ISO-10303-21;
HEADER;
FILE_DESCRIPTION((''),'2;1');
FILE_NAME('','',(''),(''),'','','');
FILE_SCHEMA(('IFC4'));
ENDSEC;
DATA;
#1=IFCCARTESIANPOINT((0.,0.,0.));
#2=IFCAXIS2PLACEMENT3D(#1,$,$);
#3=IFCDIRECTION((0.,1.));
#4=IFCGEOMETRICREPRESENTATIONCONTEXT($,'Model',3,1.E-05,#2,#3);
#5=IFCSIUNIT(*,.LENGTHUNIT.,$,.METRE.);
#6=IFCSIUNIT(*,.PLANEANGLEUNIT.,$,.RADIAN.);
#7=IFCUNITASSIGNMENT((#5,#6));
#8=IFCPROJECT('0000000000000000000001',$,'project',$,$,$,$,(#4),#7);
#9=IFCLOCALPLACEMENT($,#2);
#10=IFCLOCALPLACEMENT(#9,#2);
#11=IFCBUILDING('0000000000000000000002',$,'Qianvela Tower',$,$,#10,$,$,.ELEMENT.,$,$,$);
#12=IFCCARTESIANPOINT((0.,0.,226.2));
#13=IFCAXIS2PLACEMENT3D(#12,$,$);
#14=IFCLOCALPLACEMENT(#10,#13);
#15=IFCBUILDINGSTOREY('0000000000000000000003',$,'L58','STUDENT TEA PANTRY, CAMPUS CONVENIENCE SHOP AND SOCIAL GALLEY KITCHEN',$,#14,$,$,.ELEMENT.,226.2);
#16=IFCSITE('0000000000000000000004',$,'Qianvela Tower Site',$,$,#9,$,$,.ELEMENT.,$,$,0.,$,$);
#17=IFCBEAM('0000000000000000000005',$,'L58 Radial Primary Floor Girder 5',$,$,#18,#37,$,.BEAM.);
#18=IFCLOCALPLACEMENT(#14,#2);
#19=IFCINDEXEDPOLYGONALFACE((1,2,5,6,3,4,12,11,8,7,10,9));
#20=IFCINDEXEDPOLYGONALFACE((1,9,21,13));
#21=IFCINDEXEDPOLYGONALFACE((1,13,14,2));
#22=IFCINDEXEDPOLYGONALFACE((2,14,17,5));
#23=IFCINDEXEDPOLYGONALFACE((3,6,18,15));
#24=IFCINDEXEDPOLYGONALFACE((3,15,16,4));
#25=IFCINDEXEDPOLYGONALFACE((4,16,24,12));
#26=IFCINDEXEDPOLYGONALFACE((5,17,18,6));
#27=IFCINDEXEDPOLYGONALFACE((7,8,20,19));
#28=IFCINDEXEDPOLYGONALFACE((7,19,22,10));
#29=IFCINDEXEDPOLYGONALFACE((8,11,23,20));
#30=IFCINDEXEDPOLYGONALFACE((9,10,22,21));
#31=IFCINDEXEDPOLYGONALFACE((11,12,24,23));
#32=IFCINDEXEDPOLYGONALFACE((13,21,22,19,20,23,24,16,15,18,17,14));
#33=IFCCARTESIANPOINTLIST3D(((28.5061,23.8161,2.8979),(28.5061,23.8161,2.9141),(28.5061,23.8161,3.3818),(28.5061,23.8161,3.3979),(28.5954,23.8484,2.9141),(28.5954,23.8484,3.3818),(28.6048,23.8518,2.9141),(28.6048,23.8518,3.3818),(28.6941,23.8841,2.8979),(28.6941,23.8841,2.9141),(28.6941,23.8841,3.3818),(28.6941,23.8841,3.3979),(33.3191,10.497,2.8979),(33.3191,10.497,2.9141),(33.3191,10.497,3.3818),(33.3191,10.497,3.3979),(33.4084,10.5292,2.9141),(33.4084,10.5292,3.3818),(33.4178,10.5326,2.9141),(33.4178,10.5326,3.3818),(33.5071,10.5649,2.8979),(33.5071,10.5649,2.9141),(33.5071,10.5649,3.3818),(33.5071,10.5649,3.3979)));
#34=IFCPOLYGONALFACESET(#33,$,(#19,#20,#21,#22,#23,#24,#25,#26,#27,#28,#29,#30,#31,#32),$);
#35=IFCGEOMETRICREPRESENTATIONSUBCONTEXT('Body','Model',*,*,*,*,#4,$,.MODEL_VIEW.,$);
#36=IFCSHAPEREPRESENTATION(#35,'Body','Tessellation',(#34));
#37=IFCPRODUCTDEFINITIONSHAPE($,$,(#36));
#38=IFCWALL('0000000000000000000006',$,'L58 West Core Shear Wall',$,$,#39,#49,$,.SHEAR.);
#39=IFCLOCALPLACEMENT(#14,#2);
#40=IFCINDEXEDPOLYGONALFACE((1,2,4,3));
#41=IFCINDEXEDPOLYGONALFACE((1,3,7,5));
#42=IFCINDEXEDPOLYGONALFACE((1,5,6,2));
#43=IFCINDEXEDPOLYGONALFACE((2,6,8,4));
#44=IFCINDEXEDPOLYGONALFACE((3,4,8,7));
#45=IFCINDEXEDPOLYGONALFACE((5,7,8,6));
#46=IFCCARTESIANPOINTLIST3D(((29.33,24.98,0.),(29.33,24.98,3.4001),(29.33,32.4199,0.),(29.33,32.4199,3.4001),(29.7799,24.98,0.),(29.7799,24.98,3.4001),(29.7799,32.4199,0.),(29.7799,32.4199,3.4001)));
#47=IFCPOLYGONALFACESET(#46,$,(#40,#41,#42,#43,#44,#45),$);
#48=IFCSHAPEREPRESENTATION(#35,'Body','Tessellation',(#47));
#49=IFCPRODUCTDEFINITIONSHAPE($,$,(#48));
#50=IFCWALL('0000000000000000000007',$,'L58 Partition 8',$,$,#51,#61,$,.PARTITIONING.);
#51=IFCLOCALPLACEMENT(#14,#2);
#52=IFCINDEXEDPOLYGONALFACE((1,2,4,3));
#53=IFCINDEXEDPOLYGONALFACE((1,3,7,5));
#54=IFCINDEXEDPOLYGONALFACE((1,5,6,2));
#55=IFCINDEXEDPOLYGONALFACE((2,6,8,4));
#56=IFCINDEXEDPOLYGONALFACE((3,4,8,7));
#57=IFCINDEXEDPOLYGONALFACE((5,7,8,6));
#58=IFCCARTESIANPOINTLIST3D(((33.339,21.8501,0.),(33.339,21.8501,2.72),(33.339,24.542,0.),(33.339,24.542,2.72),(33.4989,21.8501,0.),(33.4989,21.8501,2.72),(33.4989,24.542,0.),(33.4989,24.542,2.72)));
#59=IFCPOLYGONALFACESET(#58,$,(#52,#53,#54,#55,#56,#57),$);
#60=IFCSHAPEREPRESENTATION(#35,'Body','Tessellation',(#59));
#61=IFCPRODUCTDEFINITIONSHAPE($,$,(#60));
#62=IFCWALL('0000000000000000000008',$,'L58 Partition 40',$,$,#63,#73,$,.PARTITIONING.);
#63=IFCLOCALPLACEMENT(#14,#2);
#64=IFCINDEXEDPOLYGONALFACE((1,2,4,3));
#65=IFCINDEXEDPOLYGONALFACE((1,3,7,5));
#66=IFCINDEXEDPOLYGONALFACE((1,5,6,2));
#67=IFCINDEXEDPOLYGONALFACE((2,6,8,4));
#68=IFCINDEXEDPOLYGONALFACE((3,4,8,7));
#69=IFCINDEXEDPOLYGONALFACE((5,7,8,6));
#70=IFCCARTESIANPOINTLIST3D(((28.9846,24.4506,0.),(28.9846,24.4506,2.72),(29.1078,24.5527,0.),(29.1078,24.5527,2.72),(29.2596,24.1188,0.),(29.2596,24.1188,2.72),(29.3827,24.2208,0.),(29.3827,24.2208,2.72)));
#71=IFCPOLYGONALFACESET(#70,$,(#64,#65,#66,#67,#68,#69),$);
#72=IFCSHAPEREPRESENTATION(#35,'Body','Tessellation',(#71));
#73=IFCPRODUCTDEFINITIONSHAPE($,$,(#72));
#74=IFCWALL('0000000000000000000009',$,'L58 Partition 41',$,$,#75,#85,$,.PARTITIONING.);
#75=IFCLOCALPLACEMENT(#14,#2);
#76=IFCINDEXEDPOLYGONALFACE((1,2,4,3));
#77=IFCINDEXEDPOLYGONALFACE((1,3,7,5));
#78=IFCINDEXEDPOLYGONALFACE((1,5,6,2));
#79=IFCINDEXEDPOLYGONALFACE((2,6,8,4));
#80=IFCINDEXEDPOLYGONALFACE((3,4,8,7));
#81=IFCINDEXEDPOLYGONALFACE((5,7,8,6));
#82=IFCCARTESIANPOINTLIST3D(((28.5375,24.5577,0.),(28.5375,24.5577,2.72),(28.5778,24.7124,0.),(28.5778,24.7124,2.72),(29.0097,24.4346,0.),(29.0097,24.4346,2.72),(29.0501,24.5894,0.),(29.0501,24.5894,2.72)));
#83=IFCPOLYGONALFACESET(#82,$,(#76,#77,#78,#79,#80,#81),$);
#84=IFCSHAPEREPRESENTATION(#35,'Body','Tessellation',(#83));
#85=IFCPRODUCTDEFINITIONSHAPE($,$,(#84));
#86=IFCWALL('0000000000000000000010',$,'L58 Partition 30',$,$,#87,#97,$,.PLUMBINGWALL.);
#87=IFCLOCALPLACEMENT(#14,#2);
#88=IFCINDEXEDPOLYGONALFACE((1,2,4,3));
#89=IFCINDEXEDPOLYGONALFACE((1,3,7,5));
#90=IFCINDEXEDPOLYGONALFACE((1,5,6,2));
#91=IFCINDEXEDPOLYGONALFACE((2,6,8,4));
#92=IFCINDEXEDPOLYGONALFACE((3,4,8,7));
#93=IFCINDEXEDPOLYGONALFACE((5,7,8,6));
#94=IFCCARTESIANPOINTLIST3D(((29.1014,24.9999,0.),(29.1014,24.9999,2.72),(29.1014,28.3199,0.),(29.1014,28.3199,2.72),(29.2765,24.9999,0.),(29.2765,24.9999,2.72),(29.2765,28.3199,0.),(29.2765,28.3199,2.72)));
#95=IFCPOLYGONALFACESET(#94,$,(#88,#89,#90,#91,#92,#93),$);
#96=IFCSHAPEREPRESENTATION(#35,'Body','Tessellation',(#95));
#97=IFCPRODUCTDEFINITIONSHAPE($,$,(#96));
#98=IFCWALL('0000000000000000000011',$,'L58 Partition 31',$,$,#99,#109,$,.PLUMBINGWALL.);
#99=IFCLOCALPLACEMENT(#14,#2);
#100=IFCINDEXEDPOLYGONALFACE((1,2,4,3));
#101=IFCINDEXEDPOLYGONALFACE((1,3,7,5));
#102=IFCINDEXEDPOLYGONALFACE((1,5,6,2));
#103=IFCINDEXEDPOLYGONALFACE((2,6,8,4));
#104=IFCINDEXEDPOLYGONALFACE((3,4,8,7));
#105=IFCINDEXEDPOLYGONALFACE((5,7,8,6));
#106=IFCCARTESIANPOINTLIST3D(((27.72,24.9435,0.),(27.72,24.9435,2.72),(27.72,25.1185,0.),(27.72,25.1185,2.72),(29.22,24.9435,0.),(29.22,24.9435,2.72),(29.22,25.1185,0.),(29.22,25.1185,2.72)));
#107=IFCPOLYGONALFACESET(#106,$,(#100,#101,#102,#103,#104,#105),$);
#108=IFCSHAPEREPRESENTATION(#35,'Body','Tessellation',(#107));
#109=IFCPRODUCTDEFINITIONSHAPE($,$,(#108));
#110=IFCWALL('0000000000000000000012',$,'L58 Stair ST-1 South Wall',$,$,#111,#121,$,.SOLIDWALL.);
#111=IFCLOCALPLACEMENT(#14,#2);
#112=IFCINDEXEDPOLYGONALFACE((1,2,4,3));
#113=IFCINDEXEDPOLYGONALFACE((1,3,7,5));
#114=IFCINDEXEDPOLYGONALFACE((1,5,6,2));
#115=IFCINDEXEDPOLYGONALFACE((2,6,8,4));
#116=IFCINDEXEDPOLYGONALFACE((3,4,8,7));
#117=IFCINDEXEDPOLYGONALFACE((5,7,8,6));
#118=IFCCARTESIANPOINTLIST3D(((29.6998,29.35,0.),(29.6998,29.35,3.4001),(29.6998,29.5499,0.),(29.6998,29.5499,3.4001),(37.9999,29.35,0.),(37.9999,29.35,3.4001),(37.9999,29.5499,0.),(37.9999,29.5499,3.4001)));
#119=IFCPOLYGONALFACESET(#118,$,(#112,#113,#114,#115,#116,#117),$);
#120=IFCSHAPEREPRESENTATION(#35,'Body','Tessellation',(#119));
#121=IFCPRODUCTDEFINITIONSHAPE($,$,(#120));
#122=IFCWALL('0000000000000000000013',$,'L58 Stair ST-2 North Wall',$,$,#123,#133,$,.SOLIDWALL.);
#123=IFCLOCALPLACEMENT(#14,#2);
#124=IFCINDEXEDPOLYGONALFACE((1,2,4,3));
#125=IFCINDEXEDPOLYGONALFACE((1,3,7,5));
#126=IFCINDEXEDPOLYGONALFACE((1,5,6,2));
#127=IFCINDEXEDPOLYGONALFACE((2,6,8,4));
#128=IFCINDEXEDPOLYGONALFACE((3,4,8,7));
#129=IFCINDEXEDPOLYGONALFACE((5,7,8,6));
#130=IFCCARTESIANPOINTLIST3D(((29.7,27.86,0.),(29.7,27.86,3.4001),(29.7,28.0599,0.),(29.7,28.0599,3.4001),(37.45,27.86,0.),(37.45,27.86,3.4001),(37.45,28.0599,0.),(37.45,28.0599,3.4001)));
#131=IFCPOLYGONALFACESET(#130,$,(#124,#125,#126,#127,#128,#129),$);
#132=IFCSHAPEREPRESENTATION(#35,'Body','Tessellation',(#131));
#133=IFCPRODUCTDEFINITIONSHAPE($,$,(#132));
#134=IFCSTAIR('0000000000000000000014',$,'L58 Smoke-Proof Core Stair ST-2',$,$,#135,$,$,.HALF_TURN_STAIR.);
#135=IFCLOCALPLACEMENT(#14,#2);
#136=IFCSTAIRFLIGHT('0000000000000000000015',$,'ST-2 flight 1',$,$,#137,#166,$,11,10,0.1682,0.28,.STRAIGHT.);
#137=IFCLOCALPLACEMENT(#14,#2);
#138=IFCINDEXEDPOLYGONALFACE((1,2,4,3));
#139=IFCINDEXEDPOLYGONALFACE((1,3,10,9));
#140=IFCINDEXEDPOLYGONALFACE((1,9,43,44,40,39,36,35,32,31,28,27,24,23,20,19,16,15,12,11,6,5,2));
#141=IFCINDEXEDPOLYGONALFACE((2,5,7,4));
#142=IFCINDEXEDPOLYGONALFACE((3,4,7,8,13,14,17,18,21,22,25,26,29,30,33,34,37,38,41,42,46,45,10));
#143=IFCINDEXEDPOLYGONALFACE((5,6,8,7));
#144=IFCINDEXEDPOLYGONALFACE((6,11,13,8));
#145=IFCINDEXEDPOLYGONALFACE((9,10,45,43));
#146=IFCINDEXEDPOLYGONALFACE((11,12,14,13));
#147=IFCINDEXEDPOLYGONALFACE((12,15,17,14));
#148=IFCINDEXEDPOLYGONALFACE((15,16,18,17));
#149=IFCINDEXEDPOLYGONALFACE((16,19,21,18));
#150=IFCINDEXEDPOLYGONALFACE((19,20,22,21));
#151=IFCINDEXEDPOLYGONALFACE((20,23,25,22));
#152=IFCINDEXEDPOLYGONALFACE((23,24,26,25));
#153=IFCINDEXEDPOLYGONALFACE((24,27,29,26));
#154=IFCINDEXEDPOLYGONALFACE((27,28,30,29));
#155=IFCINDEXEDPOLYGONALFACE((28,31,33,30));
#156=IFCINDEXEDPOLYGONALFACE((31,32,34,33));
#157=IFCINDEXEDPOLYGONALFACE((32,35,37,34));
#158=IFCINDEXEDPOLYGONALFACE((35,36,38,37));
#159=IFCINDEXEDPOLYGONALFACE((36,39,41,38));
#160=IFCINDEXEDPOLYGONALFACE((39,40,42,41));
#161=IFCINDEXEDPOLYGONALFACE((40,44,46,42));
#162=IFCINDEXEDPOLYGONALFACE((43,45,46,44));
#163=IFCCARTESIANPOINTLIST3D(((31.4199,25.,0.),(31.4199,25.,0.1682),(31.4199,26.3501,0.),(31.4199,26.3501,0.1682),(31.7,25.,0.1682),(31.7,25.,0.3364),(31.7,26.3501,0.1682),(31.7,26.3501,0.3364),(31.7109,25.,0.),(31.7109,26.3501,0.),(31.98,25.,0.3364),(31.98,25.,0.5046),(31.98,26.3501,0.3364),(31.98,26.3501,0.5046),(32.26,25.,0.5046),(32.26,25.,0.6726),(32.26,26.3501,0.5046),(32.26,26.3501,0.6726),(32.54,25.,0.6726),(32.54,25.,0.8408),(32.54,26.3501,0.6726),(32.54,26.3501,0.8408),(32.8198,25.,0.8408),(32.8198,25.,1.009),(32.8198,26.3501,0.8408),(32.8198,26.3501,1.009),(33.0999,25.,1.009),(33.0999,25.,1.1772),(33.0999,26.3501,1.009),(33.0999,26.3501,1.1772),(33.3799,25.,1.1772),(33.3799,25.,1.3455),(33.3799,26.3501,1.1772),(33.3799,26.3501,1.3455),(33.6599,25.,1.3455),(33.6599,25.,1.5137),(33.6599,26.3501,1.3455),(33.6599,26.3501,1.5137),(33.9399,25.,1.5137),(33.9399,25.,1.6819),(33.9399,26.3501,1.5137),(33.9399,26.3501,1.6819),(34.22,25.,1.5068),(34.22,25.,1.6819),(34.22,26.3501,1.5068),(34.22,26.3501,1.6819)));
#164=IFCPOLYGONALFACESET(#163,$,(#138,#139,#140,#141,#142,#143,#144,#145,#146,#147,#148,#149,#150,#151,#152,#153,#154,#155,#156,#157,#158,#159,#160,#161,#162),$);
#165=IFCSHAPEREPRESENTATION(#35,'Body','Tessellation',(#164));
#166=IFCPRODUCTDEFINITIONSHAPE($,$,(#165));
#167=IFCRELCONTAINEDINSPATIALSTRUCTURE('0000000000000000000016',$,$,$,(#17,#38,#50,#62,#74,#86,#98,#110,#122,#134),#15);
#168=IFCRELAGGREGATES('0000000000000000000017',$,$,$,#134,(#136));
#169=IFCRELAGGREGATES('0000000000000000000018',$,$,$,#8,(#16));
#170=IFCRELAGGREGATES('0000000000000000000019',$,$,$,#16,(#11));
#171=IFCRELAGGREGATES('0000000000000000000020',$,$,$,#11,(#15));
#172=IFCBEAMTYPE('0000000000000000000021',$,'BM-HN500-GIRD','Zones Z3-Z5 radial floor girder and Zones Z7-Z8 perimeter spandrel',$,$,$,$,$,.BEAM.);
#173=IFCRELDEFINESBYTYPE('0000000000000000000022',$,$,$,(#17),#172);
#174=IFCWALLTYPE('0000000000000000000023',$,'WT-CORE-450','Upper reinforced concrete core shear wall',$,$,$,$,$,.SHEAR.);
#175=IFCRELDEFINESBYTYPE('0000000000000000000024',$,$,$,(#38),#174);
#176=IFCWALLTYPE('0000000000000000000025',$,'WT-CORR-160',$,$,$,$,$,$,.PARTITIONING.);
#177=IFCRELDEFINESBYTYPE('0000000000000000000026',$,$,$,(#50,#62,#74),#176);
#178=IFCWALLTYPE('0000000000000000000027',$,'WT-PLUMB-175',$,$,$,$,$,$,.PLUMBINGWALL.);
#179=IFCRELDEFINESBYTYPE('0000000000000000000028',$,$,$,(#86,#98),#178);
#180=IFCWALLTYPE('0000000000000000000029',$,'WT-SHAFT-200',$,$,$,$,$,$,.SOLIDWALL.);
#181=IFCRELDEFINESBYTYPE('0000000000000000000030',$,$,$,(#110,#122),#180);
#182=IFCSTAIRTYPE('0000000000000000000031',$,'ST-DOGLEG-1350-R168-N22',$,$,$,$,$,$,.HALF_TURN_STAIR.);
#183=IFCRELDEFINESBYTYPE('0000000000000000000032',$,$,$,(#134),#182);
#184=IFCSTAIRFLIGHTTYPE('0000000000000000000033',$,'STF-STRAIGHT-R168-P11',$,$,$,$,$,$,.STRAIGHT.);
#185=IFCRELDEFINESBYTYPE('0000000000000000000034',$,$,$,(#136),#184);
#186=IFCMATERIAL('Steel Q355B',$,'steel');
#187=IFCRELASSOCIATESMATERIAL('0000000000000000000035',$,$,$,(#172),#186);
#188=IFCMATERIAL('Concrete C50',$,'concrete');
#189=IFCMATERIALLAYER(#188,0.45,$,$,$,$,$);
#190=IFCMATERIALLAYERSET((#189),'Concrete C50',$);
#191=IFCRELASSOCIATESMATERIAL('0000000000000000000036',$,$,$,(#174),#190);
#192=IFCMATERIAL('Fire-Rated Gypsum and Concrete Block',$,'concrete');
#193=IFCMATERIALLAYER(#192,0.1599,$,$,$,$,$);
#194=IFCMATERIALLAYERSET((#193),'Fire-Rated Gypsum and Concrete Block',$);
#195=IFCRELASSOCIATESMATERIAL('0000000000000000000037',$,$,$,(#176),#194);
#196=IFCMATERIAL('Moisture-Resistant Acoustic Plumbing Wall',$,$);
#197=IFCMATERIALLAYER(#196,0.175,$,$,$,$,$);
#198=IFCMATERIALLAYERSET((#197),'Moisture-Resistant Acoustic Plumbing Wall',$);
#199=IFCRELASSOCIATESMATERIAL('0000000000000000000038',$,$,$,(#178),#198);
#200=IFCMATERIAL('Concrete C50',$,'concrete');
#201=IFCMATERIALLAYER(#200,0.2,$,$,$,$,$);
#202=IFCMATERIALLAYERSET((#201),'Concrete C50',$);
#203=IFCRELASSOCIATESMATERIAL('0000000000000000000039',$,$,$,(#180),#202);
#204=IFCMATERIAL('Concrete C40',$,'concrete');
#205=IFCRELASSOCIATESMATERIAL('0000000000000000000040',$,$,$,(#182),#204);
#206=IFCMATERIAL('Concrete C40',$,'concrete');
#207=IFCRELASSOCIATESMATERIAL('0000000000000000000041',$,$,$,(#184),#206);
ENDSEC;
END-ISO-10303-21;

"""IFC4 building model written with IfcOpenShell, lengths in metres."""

from ifc_helpers import new_model, si_unit, direction, frame, frame_2d, origin, origin_2d, place, context, subcontext, project, spatial, polyline, rectangle, i_section, outline, extrude, material, layer, layer_set, material_profile, profile_set, type_object, element, aggregate, save


model = new_model("IFC4")

# Units and contexts
model_context = context("Model", 3, precision=1e-05, world=origin(), true_north=direction((0.0, 1.0)))
body_context = subcontext(model_context, "Body", "Model", "MODEL_VIEW")
ifc_project = project(units=[si_unit("LENGTHUNIT", "METRE"), si_unit("PLANEANGLEUNIT", "RADIAN")], contexts=[model_context])

# Site, building, storey
site_placement = place(None, origin())
site = spatial("IfcSite", under=ifc_project, at=site_placement, Name="Qianvela Tower Site", CompositionType="ELEMENT", RefElevation=0.0)
building_placement = place(site_placement, origin())
building = spatial("IfcBuilding", under=site, at=building_placement, Name="Qianvela Tower", CompositionType="ELEMENT")
storey_placement = place(building_placement, frame((0.0, 0.0, 226.2)))
storey = spatial("IfcBuildingStorey", under=building, at=storey_placement, Name="L58", Description="STUDENT TEA PANTRY, CAMPUS CONVENIENCE SHOP AND SOCIAL GALLEY KITCHEN", CompositionType="ELEMENT", Elevation=226.2)

# Beam
ifc_material_1 = material(Name="Steel Q355B", Category="steel")
ifc_material_profile = material_profile(ifc_material_1, i_section(OverallWidth=0.2, OverallDepth=0.5, WebThickness=0.01, FlangeThickness=0.0161, at=origin_2d()), Name="HN500x200x10x16")
ifc_profile_set = profile_set([ifc_material_profile], Name="Steel Q355B")
beam_type = type_object("IfcBeamType", Name="BM-HN500-GIRD", Description="Zones Z3-Z5 radial floor girder and Zones Z7-Z8 perimeter spandrel", PredefinedType="BEAM", material=ifc_profile_set)
beam_placement = place(storey_placement, frame((28.6001, 23.8501, 3.1479), z_axis=(0.339852, -0.940479, 0.0), x_axis=(0.940479, 0.339852, 0.0)))
element("IfcBeam", 1, at=beam_placement, inside=storey, type_object=beam_type, Name="L58 Radial Primary Floor Girder 5", PredefinedType="BEAM", context=body_context, shape_type="SweptSolid", body=[
    extrude(i_section(OverallWidth=0.2, OverallDepth=0.5, WebThickness=0.01, FlangeThickness=0.0161, at=origin_2d()), origin(), (0.0, 0.0, 1.0), 14.1621),
])

# Shared definitions
ifc_material_2 = material(Name="Concrete C50", Category="concrete")
ifc_layer_1 = layer(ifc_material_2, 0.45)
ifc_layer_set_1 = layer_set([ifc_layer_1], Name="Concrete C50")
wall_type_1 = type_object("IfcWallType", Name="WT-CORE-450", Description="Upper reinforced concrete core shear wall", PredefinedType="SHEAR", material=ifc_layer_set_1)

# Walls
wall_1_placement = place(storey_placement, frame((29.5549, 24.98, 0.0), z_axis=(0.0, 0.0, 1.0), x_axis=(0.0, 1.0, 0.0)))
element("IfcWall", 2, at=wall_1_placement, inside=storey, type_object=wall_type_1, Name="L58 West Core Shear Wall", PredefinedType="SHEAR", context=body_context, shape_type="SweptSolid", body=[
    extrude(rectangle(XDim=7.4399, YDim=0.45, at=frame_2d((3.72, 0.0))), origin(), (0.0, 0.0, 1.0), 3.4001),
])
ifc_material_3 = material(Name="Fire-Rated Gypsum and Concrete Block", Category="concrete")
ifc_layer_2 = layer(ifc_material_3, 0.1599)
ifc_layer_set_2 = layer_set([ifc_layer_2], Name="Fire-Rated Gypsum and Concrete Block")
wall_type_2 = type_object("IfcWallType", Name="WT-CORR-160", PredefinedType="PARTITIONING", material=ifc_layer_set_2)
wall_2_placement = place(storey_placement, frame((33.4189, 24.542, 0.0), z_axis=(0.0, 0.0, 1.0), x_axis=(0.0, -1.0, 0.0)))
element("IfcWall", 3, at=wall_2_placement, inside=storey, type_object=wall_type_2, Name="L58 Partition 8", PredefinedType="PARTITIONING", context=body_context, shape_type="SweptSolid", body=[
    extrude(rectangle(XDim=2.6919, YDim=0.1599, at=frame_2d((1.3459, 0.0))), origin(), (0.0, 0.0, 1.0), 2.72),
])
wall_3_placement = place(storey_placement, frame((29.321, 24.1699, 0.0), z_axis=(0.0, 0.0, 1.0), x_axis=(-0.638008, 0.77003, 0.0)))
element("IfcWall", 4, at=wall_3_placement, inside=storey, type_object=wall_type_2, Name="L58 Partition 40", PredefinedType="PARTITIONING", context=body_context, shape_type="SweptSolid", body=[
    extrude(rectangle(XDim=0.4309, YDim=0.1599, at=frame_2d((0.2153, 0.0))), origin(), (0.0, 0.0, 1.0), 2.72),
])
wall_4_placement = place(storey_placement, frame((29.03, 24.512, 0.0), z_axis=(0.0, 0.0, 1.0), x_axis=(-0.967681, 0.252177, 0.0)))
element("IfcWall", 5, at=wall_4_placement, inside=storey, type_object=wall_type_2, Name="L58 Partition 41", PredefinedType="PARTITIONING", context=body_context, shape_type="SweptSolid", body=[
    extrude(rectangle(XDim=0.488, YDim=0.1599, at=frame_2d((0.2441, 0.0))), origin(), (0.0, 0.0, 1.0), 2.72),
])
ifc_material_4 = material(Name="Moisture-Resistant Acoustic Plumbing Wall")
ifc_layer_3 = layer(ifc_material_4, 0.175)
ifc_layer_set_3 = layer_set([ifc_layer_3], Name="Moisture-Resistant Acoustic Plumbing Wall")
wall_type_3 = type_object("IfcWallType", Name="WT-PLUMB-175", PredefinedType="PLUMBINGWALL", material=ifc_layer_set_3)
wall_5_placement = place(storey_placement, frame((29.189, 28.3201, 0.0), z_axis=(0.0, 0.0, 1.0), x_axis=(0.0, -1.0, 0.0)))
element("IfcWall", 6, at=wall_5_placement, inside=storey, type_object=wall_type_3, Name="L58 Partition 30", PredefinedType="PLUMBINGWALL", context=body_context, shape_type="SweptSolid", body=[
    extrude(rectangle(XDim=3.3201, YDim=0.175, at=frame_2d((1.6602, 0.0))), origin(), (0.0, 0.0, 1.0), 2.72),
])
wall_6_placement = place(storey_placement, frame((29.22, 25.031, 0.0), z_axis=(0.0, 0.0, 1.0), x_axis=(-1.0, 0.0, 0.0)))
element("IfcWall", 7, at=wall_6_placement, inside=storey, type_object=wall_type_3, Name="L58 Partition 31", PredefinedType="PLUMBINGWALL", context=body_context, shape_type="SweptSolid", body=[
    extrude(rectangle(XDim=1.5, YDim=0.175, at=frame_2d((0.75, 0.0))), origin(), (0.0, 0.0, 1.0), 2.72),
])
ifc_material_5 = material(Name="Concrete C50", Category="concrete")
ifc_layer_4 = layer(ifc_material_5, 0.2)
ifc_layer_set_4 = layer_set([ifc_layer_4], Name="Concrete C50")
wall_type_4 = type_object("IfcWallType", Name="WT-SHAFT-200", PredefinedType="SOLIDWALL", material=ifc_layer_set_4)
wall_7_placement = place(storey_placement, frame((29.7, 29.45, 0.0), z_axis=(0.0, 0.0, 1.0), x_axis=(1.0, 0.0, 0.0)))
element("IfcWall", 8, at=wall_7_placement, inside=storey, type_object=wall_type_4, Name="L58 Stair ST-1 South Wall", PredefinedType="SOLIDWALL", context=body_context, shape_type="SweptSolid", body=[
    extrude(rectangle(XDim=8.3, YDim=0.2, at=frame_2d((4.1499, 0.0))), origin(), (0.0, 0.0, 1.0), 3.4001),
])
wall_8_placement = place(storey_placement, frame((29.7, 27.96, 0.0), z_axis=(0.0, 0.0, 1.0), x_axis=(1.0, 0.0, 0.0)))
element("IfcWall", 9, at=wall_8_placement, inside=storey, type_object=wall_type_4, Name="L58 Stair ST-2 North Wall", PredefinedType="SOLIDWALL", context=body_context, shape_type="SweptSolid", body=[
    extrude(rectangle(XDim=7.75, YDim=0.2, at=frame_2d((3.875, 0.0))), origin(), (0.0, 0.0, 1.0), 3.4001),
])

# Stair, stair flight
ifc_material_6 = material(Name="Concrete C40", Category="concrete")
stair_type = type_object("IfcStairType", Name="ST-DOGLEG-1350-R168-N22", PredefinedType="HALF_TURN_STAIR", material=ifc_material_6)
stair_placement = place(storey_placement, origin())
stair = element("IfcStair", 10, at=stair_placement, inside=storey, type_object=stair_type, Name="L58 Smoke-Proof Core Stair ST-2", PredefinedType="HALF_TURN_STAIR")
ifc_material_7 = material(Name="Concrete C40", Category="concrete")
stair_flight_type = type_object("IfcStairFlightType", Name="STF-STRAIGHT-R168-P11", PredefinedType="STRAIGHT", material=ifc_material_7)
stair_flight_1_placement = place(storey_placement, frame((31.4199, 25.675, 0.0), z_axis=(0.0, 0.0, 1.0), x_axis=(1.0, 0.0, 0.0)))
stair_flight_1 = element("IfcStairFlight", 11, at=stair_flight_1_placement, type_object=stair_flight_type, Name="ST-2 flight 1", NumberOfRisers=11, NumberOfTreads=10, PredefinedType="STRAIGHT", RiserHeight=0.1682, TreadLength=0.28, context=body_context, shape_type="SweptSolid", body=[
    extrude(outline(polyline([(0.0, 0.0), (0.0, 0.1682), (0.28, 0.1682), (0.28, 0.3364), (0.5601, 0.3364), (0.5601, 0.5046), (0.8401, 0.5046), (0.8401, 0.6726), (1.1201, 0.6726), (1.1201, 0.8408), (1.3999, 0.8408), (1.3999, 1.009), (1.6799, 1.009), (1.6799, 1.1772), (1.96, 1.1772), (1.96, 1.3455), (2.24, 1.3455), (2.24, 1.5137), (2.52, 1.5137), (2.52, 1.6819), (2.8, 1.6819), (2.8, 1.8501), (2.8, 1.5068), (0.291, 0.0), (0.0, 0.0)])), frame((0.0, 0.675, 0.0), z_axis=(0.0, -1.0, 0.0), x_axis=(1.0, 0.0, 0.0)), (0.0, 0.0, 1.0), 1.3501),
])
aggregate(stair, [stair_flight_1])

save(model, "model.ifc")
